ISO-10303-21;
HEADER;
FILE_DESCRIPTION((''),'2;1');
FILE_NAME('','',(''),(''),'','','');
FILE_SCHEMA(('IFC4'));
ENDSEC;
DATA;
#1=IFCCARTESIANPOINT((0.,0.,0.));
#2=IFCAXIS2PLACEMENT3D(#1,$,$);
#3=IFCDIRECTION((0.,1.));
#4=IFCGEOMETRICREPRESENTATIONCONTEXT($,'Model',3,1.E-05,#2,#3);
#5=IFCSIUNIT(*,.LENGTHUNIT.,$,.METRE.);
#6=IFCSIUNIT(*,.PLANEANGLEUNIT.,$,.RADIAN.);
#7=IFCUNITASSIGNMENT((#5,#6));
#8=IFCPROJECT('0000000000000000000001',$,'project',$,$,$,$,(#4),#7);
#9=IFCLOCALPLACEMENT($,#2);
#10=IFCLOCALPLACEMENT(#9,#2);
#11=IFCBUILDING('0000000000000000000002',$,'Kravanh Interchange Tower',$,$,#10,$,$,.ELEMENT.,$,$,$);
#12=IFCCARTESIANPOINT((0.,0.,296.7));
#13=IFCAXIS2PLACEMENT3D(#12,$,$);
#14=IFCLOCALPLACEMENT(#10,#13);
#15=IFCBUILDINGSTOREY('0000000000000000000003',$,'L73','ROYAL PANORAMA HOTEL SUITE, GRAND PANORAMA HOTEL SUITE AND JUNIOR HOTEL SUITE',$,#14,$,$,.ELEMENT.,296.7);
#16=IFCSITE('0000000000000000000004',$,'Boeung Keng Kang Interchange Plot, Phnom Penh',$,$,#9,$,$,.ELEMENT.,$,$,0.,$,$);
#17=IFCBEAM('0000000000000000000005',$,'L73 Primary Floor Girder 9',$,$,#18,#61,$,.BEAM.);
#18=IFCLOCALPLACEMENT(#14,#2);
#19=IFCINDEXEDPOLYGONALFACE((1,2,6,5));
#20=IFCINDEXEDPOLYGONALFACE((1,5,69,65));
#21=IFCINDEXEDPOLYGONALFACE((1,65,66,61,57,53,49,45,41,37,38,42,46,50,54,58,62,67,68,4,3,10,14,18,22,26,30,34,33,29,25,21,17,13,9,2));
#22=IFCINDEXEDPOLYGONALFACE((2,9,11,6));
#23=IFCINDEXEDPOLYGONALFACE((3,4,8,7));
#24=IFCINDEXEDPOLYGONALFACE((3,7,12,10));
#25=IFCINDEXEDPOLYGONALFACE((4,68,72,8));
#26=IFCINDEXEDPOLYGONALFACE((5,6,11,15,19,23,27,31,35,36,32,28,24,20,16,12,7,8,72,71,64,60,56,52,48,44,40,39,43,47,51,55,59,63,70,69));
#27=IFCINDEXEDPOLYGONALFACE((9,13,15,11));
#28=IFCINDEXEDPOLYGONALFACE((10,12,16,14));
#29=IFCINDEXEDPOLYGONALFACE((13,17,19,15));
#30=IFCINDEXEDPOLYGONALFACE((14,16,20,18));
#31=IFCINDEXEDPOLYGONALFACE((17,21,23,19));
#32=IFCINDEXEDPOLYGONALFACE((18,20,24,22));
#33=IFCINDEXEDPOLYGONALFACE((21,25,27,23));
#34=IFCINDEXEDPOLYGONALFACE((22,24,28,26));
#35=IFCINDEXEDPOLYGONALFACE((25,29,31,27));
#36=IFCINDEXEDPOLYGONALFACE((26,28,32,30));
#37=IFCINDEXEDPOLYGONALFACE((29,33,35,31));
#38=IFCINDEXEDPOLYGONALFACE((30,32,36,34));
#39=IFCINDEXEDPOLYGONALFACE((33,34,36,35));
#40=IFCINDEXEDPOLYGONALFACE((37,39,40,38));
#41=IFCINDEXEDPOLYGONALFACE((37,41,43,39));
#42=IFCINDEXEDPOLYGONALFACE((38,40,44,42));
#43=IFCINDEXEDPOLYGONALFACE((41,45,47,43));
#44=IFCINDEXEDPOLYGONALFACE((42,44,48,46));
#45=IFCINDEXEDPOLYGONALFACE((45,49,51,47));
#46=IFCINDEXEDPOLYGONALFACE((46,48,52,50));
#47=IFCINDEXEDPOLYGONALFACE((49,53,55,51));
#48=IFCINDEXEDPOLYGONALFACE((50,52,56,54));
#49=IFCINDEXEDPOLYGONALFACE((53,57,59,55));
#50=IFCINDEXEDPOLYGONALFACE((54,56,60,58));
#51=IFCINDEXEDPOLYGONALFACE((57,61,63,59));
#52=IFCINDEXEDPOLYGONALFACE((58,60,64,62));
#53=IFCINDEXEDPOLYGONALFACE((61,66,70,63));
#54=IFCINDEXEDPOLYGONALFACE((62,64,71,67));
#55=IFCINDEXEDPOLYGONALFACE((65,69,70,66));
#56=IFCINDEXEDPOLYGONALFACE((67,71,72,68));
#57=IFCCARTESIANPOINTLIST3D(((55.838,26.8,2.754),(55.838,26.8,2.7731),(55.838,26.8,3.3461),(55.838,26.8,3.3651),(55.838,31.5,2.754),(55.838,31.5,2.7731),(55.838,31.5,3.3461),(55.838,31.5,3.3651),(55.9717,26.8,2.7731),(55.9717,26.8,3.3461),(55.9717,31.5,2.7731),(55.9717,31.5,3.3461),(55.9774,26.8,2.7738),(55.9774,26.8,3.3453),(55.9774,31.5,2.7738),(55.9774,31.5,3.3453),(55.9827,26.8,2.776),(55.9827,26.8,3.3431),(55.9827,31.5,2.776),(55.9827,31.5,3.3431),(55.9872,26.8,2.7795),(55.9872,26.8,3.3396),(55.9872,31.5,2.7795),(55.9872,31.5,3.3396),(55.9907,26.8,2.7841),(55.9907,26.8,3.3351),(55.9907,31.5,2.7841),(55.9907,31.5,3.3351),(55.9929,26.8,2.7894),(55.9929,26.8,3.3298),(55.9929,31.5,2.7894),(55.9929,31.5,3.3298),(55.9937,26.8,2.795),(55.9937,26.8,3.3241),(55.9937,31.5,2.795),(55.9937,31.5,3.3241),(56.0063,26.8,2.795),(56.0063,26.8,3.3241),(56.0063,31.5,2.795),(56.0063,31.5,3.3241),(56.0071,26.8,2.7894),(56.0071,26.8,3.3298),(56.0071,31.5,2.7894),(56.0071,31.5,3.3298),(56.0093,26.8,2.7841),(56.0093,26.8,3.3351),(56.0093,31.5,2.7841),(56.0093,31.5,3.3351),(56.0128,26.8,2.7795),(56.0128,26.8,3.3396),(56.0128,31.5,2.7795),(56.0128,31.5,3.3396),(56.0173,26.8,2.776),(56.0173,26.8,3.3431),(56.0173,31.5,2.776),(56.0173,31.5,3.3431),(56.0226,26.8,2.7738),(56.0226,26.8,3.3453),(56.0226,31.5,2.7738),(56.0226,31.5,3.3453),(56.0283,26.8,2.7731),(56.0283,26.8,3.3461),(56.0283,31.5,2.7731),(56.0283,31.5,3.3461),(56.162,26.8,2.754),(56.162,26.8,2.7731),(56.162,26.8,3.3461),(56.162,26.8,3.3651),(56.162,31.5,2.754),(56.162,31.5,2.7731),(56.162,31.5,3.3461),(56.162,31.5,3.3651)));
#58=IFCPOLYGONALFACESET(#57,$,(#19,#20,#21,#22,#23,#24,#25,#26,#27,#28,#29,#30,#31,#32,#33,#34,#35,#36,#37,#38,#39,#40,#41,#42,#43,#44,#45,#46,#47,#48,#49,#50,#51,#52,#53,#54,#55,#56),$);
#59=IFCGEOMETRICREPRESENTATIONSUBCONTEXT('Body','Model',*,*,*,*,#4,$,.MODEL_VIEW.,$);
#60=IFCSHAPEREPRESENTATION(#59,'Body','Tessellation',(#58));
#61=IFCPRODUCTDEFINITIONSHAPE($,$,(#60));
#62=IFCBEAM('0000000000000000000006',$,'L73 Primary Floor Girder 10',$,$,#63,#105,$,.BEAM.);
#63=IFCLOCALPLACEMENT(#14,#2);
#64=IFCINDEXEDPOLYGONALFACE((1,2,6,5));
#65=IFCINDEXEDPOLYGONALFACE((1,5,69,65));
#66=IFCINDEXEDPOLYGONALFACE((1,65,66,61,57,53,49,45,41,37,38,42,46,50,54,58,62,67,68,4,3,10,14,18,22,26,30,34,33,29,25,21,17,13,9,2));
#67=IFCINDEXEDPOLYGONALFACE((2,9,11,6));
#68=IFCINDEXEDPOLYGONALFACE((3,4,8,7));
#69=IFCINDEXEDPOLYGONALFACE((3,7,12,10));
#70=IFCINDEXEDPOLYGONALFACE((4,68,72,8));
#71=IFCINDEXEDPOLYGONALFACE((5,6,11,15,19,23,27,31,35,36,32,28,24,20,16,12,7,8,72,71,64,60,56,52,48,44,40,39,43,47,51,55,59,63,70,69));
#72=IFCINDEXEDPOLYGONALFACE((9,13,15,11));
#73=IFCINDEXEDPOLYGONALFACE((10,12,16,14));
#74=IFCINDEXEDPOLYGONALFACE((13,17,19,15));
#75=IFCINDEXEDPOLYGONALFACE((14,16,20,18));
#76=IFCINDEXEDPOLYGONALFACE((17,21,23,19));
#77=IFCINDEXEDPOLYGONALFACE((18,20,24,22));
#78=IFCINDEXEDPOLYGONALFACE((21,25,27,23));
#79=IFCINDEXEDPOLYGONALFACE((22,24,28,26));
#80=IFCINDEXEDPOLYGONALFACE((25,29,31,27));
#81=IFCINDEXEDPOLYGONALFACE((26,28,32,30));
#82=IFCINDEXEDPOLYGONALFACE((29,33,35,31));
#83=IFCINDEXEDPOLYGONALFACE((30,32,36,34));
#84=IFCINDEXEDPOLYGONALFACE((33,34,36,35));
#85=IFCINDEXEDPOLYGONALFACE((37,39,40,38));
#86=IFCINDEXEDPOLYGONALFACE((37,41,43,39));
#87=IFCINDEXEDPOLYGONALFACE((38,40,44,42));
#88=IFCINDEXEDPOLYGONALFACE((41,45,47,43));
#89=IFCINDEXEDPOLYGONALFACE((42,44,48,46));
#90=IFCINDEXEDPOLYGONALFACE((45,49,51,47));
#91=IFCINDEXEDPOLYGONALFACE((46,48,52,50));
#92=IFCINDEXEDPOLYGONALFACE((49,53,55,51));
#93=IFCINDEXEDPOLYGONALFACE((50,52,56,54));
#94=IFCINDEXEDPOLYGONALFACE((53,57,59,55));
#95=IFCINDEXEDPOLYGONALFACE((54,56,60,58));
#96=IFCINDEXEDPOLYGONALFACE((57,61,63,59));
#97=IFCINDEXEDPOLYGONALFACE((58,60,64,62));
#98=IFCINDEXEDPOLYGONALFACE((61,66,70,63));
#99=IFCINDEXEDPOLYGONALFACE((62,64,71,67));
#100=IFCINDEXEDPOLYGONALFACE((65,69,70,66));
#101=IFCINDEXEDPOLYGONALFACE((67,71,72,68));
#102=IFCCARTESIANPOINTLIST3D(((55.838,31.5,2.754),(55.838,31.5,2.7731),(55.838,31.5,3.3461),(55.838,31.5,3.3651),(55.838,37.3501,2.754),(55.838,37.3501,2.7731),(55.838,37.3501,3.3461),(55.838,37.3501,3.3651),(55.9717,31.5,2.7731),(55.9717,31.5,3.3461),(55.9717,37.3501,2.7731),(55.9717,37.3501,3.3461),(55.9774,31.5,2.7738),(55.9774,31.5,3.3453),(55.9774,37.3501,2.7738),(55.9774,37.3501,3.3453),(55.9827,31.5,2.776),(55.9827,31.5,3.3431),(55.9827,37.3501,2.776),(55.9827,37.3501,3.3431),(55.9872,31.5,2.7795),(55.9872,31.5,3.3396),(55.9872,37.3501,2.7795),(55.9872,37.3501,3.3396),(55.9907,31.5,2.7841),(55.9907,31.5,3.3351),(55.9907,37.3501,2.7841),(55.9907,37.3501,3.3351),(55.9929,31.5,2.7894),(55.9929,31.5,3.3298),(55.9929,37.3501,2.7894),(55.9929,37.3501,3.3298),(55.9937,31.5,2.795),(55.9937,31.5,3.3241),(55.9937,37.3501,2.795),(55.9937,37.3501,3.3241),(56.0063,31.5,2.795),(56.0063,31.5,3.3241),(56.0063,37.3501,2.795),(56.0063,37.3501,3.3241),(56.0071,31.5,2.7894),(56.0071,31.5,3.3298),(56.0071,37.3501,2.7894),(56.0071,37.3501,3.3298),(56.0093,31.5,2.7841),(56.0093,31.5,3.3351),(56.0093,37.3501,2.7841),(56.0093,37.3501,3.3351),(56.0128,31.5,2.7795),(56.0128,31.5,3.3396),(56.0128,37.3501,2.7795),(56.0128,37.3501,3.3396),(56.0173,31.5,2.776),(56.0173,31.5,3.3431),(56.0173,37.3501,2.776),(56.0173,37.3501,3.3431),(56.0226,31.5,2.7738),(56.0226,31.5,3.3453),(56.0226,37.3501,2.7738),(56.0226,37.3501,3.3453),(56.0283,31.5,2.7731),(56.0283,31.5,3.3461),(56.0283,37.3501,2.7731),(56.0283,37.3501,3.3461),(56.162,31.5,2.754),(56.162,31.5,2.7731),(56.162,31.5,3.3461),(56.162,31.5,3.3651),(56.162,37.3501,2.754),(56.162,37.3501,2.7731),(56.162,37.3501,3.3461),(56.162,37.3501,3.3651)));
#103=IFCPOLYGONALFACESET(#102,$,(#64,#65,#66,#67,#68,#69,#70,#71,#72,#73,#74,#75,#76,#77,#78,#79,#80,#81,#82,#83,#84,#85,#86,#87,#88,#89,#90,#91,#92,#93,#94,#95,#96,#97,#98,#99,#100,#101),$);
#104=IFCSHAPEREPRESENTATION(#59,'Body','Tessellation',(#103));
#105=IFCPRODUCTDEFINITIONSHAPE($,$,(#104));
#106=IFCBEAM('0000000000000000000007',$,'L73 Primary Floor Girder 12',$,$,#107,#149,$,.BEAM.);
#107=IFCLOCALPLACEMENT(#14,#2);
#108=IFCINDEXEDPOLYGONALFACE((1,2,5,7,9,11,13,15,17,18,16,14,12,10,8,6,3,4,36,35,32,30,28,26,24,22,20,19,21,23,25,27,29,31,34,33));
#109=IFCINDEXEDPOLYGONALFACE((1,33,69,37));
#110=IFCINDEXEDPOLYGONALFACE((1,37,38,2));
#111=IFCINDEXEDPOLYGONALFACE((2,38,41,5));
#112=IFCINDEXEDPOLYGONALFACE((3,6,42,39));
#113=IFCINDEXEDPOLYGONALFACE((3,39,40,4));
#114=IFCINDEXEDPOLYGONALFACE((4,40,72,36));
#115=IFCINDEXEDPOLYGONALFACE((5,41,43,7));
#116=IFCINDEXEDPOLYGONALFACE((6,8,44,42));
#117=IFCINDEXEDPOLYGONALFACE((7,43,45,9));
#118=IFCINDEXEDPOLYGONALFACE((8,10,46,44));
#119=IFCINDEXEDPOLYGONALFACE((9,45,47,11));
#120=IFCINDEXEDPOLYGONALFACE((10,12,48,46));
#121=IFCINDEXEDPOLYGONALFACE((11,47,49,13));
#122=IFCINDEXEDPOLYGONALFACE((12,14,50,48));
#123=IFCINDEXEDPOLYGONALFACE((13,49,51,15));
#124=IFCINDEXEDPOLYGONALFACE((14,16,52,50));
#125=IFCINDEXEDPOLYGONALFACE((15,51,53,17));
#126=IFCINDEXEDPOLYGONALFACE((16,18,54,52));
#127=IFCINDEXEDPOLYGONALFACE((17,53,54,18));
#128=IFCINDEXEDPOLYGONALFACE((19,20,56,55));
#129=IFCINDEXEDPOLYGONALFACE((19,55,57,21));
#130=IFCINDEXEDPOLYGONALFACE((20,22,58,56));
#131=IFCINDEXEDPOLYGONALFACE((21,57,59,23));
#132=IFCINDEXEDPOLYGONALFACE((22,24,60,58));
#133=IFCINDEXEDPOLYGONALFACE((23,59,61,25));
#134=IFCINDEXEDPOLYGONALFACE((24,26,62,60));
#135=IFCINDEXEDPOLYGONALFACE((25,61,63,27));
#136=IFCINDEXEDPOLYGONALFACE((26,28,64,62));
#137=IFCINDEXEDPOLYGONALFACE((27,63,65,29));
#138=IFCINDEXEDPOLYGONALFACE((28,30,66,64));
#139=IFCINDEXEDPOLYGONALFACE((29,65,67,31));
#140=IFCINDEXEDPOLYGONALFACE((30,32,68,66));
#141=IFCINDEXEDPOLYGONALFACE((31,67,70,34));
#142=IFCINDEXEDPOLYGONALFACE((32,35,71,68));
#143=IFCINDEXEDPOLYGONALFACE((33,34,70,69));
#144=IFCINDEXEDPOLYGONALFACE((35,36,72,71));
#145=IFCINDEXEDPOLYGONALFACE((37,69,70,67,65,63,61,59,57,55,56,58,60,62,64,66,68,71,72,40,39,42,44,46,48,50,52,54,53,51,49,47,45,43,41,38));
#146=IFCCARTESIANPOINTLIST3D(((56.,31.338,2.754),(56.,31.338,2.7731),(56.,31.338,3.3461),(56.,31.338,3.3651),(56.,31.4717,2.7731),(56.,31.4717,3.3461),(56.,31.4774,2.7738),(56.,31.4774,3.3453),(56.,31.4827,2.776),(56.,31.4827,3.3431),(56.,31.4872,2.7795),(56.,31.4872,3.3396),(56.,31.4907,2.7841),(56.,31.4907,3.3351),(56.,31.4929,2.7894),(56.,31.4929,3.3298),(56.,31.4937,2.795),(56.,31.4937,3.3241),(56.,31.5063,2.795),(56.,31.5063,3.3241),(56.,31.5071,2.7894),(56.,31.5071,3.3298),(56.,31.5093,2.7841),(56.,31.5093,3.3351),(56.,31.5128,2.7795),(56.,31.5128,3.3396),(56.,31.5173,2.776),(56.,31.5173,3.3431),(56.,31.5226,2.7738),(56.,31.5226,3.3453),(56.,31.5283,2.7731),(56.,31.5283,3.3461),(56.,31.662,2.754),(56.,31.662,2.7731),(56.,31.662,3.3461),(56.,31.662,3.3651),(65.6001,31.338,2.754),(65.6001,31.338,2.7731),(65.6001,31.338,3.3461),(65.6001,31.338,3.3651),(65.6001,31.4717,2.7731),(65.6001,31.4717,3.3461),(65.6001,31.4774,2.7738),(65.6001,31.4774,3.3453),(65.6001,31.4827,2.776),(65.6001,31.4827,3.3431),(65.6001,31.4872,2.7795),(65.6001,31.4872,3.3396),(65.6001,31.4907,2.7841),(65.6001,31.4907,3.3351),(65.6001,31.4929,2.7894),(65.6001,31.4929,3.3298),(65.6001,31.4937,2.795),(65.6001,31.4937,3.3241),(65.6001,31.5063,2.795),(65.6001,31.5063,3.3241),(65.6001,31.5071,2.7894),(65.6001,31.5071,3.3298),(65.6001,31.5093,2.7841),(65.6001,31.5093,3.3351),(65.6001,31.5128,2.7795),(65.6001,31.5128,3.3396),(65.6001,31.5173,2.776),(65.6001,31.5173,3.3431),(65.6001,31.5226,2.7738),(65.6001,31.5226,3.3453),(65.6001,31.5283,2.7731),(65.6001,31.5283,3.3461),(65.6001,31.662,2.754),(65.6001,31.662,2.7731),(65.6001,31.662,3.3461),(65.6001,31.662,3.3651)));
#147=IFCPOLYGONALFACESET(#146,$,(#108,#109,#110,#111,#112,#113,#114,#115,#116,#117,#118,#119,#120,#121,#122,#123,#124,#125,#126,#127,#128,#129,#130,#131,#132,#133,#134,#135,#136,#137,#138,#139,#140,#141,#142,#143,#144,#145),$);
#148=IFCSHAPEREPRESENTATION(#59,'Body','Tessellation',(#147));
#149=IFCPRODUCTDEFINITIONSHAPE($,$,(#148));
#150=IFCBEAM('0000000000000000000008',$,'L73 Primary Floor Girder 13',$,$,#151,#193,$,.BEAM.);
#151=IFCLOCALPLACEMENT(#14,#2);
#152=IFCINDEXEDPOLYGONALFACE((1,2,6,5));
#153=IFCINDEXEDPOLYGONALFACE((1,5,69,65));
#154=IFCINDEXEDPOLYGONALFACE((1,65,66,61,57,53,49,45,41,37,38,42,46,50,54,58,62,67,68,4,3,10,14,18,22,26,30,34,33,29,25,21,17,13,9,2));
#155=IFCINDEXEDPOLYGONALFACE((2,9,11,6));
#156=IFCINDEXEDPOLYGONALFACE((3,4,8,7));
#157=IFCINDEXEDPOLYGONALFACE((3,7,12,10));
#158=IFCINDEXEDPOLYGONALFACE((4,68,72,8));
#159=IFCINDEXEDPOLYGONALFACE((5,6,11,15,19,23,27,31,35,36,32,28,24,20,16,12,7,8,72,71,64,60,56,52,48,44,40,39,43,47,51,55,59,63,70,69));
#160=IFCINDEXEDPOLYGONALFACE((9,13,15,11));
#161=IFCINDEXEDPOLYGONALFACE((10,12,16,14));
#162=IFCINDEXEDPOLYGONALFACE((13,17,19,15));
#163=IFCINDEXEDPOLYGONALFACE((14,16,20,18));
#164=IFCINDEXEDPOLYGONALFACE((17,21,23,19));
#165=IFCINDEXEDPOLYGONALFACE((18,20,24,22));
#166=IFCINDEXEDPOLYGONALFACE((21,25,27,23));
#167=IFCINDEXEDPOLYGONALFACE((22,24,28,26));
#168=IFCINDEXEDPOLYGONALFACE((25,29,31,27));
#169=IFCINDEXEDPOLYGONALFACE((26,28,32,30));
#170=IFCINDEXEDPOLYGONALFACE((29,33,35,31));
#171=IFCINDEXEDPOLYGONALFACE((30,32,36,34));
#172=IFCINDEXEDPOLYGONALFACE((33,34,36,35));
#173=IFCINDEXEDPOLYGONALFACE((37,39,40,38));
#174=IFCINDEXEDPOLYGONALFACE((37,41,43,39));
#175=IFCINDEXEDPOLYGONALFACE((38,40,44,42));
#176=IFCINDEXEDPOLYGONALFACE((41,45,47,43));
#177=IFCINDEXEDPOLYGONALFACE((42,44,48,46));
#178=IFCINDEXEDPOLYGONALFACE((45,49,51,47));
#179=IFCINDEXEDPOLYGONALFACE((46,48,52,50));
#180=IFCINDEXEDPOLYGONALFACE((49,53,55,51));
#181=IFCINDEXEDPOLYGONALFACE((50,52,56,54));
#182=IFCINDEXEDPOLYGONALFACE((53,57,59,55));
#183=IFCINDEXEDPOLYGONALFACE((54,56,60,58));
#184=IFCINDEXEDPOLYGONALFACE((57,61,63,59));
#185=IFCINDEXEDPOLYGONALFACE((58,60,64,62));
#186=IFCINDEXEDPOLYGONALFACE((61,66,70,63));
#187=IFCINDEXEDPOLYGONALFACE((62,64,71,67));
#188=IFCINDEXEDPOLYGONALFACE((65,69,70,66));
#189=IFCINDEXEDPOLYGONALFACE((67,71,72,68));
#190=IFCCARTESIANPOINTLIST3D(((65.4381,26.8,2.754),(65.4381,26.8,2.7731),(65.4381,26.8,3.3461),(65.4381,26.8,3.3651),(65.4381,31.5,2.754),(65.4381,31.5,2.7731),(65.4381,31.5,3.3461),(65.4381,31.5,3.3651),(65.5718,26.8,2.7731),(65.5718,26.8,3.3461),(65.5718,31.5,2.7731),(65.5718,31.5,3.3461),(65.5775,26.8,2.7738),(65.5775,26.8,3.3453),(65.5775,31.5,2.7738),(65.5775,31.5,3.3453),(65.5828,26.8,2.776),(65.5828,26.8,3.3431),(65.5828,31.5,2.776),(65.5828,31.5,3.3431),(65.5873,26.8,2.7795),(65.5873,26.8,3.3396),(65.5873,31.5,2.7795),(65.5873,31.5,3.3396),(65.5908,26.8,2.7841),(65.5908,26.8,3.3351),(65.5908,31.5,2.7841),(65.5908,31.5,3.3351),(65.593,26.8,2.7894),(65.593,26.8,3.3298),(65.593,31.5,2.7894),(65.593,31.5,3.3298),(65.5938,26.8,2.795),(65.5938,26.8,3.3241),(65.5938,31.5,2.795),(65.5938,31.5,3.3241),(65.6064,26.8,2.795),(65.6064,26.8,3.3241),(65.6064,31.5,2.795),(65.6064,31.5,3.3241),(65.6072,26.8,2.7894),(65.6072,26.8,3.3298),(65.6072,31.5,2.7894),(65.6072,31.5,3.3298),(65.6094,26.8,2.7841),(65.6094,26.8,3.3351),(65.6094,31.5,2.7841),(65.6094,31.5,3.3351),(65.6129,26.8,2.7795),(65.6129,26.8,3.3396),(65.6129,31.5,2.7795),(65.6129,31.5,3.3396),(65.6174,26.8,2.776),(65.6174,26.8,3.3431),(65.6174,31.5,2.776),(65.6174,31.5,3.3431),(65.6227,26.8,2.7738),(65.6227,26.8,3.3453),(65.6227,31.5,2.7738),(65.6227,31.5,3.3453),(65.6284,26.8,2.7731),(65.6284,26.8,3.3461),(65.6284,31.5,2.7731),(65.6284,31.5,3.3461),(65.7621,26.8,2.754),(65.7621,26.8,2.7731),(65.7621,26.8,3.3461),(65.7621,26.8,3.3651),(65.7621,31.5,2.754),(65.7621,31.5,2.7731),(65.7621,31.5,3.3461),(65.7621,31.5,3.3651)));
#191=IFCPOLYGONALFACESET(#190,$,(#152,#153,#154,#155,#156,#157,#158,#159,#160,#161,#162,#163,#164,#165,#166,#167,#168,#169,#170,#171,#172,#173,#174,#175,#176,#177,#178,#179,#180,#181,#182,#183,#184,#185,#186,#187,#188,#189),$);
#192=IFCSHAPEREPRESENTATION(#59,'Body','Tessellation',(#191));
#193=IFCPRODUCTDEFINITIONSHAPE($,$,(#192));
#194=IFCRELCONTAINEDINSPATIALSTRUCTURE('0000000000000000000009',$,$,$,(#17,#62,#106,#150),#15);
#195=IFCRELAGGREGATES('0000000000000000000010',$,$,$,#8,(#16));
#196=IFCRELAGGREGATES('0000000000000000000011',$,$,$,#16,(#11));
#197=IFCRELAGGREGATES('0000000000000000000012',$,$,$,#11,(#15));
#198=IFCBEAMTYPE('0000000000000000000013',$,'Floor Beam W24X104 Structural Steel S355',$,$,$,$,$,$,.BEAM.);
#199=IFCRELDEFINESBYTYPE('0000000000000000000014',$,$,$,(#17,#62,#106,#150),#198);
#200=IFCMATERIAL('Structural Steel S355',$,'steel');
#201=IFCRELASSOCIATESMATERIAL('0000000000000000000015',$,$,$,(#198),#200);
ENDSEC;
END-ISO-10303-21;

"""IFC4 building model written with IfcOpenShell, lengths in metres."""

from ifc_helpers import new_model, si_unit, direction, frame, origin, origin_2d, place, context, subcontext, project, spatial, i_section, extrude, material, material_profile, profile_set, type_object, element, save


model = new_model("IFC4")

# Units and contexts
model_context = context("Model", 3, precision=1e-05, world=origin(), true_north=direction((0.0, 1.0)))
body_context = subcontext(model_context, "Body", "Model", "MODEL_VIEW")
ifc_project = project(units=[si_unit("LENGTHUNIT", "METRE"), si_unit("PLANEANGLEUNIT", "RADIAN")], contexts=[model_context])

# Site, building, storey
site_placement = place(None, origin())
site = spatial("IfcSite", under=ifc_project, at=site_placement, Name="Boeung Keng Kang Interchange Plot, Phnom Penh", CompositionType="ELEMENT", RefElevation=0.0)
building_placement = place(site_placement, origin())
building = spatial("IfcBuilding", under=site, at=building_placement, Name="Kravanh Interchange Tower", CompositionType="ELEMENT")
storey_placement = place(building_placement, frame((0.0, 0.0, 296.7)))
storey = spatial("IfcBuildingStorey", under=building, at=storey_placement, Name="L73", Description="ROYAL PANORAMA HOTEL SUITE, GRAND PANORAMA HOTEL SUITE AND JUNIOR HOTEL SUITE", CompositionType="ELEMENT", Elevation=296.7)

# Beams
ifc_material_1 = material(Name="Structural Steel S355", Category="steel")
ifc_material_profile_1 = material_profile(ifc_material_1, i_section(OverallWidth=0.324, OverallDepth=0.6111, WebThickness=0.0127, FlangeThickness=0.019, FilletRadius=0.022, at=origin_2d()), Name="W24X104")
ifc_profile_set_1 = profile_set([ifc_material_profile_1], Name="Structural Steel S355")
beam_type_1 = type_object("IfcBeamType", Name="Floor Beam W24X104 Structural Steel S355", PredefinedType="BEAM", material=ifc_profile_set_1)
beam_1_placement = place(storey_placement, frame((56.0, 31.5, 3.0596), z_axis=(0.0, -1.0, 0.0), x_axis=(1.0, 0.0, 0.0)))
element("IfcBeam", 1, at=beam_1_placement, inside=storey, type_object=beam_type_1, Name="L73 Primary Floor Girder 9", PredefinedType="BEAM", context=body_context, shape_type="SweptSolid", body=[
    extrude(i_section(OverallWidth=0.324, OverallDepth=0.6111, WebThickness=0.0127, FlangeThickness=0.019, FilletRadius=0.022, at=origin_2d()), origin(), (0.0, 0.0, 1.0), 4.7),
])
beam_2_placement = place(storey_placement, frame((56.0, 31.5, 3.0596), z_axis=(0.0, 1.0, 0.0), x_axis=(-1.0, 0.0, 0.0)))
element("IfcBeam", 2, at=beam_2_placement, inside=storey, type_object=beam_type_1, Name="L73 Primary Floor Girder 10", PredefinedType="BEAM", context=body_context, shape_type="SweptSolid", body=[
    extrude(i_section(OverallWidth=0.324, OverallDepth=0.6111, WebThickness=0.0127, FlangeThickness=0.019, FilletRadius=0.022, at=origin_2d()), origin(), (0.0, 0.0, 1.0), 5.8501),
])
beam_3_placement = place(storey_placement, frame((56.0, 31.5, 3.0596), z_axis=(1.0, 0.0, 0.0), x_axis=(0.0, 1.0, 0.0)))
element("IfcBeam", 3, at=beam_3_placement, inside=storey, type_object=beam_type_1, Name="L73 Primary Floor Girder 12", PredefinedType="BEAM", context=body_context, shape_type="SweptSolid", body=[
    extrude(i_section(OverallWidth=0.324, OverallDepth=0.6111, WebThickness=0.0127, FlangeThickness=0.019, FilletRadius=0.022, at=origin_2d()), origin(), (0.0, 0.0, 1.0), 9.6001),
])
beam_4_placement = place(storey_placement, frame((65.6001, 31.5, 3.0596), z_axis=(0.0, -1.0, 0.0), x_axis=(1.0, 0.0, 0.0)))
element("IfcBeam", 4, at=beam_4_placement, inside=storey, type_object=beam_type_1, Name="L73 Primary Floor Girder 13", PredefinedType="BEAM", context=body_context, shape_type="SweptSolid", body=[
    extrude(i_section(OverallWidth=0.324, OverallDepth=0.6111, WebThickness=0.0127, FlangeThickness=0.019, FilletRadius=0.022, at=origin_2d()), origin(), (0.0, 0.0, 1.0), 4.7),
])

save(model, "model.ifc")
